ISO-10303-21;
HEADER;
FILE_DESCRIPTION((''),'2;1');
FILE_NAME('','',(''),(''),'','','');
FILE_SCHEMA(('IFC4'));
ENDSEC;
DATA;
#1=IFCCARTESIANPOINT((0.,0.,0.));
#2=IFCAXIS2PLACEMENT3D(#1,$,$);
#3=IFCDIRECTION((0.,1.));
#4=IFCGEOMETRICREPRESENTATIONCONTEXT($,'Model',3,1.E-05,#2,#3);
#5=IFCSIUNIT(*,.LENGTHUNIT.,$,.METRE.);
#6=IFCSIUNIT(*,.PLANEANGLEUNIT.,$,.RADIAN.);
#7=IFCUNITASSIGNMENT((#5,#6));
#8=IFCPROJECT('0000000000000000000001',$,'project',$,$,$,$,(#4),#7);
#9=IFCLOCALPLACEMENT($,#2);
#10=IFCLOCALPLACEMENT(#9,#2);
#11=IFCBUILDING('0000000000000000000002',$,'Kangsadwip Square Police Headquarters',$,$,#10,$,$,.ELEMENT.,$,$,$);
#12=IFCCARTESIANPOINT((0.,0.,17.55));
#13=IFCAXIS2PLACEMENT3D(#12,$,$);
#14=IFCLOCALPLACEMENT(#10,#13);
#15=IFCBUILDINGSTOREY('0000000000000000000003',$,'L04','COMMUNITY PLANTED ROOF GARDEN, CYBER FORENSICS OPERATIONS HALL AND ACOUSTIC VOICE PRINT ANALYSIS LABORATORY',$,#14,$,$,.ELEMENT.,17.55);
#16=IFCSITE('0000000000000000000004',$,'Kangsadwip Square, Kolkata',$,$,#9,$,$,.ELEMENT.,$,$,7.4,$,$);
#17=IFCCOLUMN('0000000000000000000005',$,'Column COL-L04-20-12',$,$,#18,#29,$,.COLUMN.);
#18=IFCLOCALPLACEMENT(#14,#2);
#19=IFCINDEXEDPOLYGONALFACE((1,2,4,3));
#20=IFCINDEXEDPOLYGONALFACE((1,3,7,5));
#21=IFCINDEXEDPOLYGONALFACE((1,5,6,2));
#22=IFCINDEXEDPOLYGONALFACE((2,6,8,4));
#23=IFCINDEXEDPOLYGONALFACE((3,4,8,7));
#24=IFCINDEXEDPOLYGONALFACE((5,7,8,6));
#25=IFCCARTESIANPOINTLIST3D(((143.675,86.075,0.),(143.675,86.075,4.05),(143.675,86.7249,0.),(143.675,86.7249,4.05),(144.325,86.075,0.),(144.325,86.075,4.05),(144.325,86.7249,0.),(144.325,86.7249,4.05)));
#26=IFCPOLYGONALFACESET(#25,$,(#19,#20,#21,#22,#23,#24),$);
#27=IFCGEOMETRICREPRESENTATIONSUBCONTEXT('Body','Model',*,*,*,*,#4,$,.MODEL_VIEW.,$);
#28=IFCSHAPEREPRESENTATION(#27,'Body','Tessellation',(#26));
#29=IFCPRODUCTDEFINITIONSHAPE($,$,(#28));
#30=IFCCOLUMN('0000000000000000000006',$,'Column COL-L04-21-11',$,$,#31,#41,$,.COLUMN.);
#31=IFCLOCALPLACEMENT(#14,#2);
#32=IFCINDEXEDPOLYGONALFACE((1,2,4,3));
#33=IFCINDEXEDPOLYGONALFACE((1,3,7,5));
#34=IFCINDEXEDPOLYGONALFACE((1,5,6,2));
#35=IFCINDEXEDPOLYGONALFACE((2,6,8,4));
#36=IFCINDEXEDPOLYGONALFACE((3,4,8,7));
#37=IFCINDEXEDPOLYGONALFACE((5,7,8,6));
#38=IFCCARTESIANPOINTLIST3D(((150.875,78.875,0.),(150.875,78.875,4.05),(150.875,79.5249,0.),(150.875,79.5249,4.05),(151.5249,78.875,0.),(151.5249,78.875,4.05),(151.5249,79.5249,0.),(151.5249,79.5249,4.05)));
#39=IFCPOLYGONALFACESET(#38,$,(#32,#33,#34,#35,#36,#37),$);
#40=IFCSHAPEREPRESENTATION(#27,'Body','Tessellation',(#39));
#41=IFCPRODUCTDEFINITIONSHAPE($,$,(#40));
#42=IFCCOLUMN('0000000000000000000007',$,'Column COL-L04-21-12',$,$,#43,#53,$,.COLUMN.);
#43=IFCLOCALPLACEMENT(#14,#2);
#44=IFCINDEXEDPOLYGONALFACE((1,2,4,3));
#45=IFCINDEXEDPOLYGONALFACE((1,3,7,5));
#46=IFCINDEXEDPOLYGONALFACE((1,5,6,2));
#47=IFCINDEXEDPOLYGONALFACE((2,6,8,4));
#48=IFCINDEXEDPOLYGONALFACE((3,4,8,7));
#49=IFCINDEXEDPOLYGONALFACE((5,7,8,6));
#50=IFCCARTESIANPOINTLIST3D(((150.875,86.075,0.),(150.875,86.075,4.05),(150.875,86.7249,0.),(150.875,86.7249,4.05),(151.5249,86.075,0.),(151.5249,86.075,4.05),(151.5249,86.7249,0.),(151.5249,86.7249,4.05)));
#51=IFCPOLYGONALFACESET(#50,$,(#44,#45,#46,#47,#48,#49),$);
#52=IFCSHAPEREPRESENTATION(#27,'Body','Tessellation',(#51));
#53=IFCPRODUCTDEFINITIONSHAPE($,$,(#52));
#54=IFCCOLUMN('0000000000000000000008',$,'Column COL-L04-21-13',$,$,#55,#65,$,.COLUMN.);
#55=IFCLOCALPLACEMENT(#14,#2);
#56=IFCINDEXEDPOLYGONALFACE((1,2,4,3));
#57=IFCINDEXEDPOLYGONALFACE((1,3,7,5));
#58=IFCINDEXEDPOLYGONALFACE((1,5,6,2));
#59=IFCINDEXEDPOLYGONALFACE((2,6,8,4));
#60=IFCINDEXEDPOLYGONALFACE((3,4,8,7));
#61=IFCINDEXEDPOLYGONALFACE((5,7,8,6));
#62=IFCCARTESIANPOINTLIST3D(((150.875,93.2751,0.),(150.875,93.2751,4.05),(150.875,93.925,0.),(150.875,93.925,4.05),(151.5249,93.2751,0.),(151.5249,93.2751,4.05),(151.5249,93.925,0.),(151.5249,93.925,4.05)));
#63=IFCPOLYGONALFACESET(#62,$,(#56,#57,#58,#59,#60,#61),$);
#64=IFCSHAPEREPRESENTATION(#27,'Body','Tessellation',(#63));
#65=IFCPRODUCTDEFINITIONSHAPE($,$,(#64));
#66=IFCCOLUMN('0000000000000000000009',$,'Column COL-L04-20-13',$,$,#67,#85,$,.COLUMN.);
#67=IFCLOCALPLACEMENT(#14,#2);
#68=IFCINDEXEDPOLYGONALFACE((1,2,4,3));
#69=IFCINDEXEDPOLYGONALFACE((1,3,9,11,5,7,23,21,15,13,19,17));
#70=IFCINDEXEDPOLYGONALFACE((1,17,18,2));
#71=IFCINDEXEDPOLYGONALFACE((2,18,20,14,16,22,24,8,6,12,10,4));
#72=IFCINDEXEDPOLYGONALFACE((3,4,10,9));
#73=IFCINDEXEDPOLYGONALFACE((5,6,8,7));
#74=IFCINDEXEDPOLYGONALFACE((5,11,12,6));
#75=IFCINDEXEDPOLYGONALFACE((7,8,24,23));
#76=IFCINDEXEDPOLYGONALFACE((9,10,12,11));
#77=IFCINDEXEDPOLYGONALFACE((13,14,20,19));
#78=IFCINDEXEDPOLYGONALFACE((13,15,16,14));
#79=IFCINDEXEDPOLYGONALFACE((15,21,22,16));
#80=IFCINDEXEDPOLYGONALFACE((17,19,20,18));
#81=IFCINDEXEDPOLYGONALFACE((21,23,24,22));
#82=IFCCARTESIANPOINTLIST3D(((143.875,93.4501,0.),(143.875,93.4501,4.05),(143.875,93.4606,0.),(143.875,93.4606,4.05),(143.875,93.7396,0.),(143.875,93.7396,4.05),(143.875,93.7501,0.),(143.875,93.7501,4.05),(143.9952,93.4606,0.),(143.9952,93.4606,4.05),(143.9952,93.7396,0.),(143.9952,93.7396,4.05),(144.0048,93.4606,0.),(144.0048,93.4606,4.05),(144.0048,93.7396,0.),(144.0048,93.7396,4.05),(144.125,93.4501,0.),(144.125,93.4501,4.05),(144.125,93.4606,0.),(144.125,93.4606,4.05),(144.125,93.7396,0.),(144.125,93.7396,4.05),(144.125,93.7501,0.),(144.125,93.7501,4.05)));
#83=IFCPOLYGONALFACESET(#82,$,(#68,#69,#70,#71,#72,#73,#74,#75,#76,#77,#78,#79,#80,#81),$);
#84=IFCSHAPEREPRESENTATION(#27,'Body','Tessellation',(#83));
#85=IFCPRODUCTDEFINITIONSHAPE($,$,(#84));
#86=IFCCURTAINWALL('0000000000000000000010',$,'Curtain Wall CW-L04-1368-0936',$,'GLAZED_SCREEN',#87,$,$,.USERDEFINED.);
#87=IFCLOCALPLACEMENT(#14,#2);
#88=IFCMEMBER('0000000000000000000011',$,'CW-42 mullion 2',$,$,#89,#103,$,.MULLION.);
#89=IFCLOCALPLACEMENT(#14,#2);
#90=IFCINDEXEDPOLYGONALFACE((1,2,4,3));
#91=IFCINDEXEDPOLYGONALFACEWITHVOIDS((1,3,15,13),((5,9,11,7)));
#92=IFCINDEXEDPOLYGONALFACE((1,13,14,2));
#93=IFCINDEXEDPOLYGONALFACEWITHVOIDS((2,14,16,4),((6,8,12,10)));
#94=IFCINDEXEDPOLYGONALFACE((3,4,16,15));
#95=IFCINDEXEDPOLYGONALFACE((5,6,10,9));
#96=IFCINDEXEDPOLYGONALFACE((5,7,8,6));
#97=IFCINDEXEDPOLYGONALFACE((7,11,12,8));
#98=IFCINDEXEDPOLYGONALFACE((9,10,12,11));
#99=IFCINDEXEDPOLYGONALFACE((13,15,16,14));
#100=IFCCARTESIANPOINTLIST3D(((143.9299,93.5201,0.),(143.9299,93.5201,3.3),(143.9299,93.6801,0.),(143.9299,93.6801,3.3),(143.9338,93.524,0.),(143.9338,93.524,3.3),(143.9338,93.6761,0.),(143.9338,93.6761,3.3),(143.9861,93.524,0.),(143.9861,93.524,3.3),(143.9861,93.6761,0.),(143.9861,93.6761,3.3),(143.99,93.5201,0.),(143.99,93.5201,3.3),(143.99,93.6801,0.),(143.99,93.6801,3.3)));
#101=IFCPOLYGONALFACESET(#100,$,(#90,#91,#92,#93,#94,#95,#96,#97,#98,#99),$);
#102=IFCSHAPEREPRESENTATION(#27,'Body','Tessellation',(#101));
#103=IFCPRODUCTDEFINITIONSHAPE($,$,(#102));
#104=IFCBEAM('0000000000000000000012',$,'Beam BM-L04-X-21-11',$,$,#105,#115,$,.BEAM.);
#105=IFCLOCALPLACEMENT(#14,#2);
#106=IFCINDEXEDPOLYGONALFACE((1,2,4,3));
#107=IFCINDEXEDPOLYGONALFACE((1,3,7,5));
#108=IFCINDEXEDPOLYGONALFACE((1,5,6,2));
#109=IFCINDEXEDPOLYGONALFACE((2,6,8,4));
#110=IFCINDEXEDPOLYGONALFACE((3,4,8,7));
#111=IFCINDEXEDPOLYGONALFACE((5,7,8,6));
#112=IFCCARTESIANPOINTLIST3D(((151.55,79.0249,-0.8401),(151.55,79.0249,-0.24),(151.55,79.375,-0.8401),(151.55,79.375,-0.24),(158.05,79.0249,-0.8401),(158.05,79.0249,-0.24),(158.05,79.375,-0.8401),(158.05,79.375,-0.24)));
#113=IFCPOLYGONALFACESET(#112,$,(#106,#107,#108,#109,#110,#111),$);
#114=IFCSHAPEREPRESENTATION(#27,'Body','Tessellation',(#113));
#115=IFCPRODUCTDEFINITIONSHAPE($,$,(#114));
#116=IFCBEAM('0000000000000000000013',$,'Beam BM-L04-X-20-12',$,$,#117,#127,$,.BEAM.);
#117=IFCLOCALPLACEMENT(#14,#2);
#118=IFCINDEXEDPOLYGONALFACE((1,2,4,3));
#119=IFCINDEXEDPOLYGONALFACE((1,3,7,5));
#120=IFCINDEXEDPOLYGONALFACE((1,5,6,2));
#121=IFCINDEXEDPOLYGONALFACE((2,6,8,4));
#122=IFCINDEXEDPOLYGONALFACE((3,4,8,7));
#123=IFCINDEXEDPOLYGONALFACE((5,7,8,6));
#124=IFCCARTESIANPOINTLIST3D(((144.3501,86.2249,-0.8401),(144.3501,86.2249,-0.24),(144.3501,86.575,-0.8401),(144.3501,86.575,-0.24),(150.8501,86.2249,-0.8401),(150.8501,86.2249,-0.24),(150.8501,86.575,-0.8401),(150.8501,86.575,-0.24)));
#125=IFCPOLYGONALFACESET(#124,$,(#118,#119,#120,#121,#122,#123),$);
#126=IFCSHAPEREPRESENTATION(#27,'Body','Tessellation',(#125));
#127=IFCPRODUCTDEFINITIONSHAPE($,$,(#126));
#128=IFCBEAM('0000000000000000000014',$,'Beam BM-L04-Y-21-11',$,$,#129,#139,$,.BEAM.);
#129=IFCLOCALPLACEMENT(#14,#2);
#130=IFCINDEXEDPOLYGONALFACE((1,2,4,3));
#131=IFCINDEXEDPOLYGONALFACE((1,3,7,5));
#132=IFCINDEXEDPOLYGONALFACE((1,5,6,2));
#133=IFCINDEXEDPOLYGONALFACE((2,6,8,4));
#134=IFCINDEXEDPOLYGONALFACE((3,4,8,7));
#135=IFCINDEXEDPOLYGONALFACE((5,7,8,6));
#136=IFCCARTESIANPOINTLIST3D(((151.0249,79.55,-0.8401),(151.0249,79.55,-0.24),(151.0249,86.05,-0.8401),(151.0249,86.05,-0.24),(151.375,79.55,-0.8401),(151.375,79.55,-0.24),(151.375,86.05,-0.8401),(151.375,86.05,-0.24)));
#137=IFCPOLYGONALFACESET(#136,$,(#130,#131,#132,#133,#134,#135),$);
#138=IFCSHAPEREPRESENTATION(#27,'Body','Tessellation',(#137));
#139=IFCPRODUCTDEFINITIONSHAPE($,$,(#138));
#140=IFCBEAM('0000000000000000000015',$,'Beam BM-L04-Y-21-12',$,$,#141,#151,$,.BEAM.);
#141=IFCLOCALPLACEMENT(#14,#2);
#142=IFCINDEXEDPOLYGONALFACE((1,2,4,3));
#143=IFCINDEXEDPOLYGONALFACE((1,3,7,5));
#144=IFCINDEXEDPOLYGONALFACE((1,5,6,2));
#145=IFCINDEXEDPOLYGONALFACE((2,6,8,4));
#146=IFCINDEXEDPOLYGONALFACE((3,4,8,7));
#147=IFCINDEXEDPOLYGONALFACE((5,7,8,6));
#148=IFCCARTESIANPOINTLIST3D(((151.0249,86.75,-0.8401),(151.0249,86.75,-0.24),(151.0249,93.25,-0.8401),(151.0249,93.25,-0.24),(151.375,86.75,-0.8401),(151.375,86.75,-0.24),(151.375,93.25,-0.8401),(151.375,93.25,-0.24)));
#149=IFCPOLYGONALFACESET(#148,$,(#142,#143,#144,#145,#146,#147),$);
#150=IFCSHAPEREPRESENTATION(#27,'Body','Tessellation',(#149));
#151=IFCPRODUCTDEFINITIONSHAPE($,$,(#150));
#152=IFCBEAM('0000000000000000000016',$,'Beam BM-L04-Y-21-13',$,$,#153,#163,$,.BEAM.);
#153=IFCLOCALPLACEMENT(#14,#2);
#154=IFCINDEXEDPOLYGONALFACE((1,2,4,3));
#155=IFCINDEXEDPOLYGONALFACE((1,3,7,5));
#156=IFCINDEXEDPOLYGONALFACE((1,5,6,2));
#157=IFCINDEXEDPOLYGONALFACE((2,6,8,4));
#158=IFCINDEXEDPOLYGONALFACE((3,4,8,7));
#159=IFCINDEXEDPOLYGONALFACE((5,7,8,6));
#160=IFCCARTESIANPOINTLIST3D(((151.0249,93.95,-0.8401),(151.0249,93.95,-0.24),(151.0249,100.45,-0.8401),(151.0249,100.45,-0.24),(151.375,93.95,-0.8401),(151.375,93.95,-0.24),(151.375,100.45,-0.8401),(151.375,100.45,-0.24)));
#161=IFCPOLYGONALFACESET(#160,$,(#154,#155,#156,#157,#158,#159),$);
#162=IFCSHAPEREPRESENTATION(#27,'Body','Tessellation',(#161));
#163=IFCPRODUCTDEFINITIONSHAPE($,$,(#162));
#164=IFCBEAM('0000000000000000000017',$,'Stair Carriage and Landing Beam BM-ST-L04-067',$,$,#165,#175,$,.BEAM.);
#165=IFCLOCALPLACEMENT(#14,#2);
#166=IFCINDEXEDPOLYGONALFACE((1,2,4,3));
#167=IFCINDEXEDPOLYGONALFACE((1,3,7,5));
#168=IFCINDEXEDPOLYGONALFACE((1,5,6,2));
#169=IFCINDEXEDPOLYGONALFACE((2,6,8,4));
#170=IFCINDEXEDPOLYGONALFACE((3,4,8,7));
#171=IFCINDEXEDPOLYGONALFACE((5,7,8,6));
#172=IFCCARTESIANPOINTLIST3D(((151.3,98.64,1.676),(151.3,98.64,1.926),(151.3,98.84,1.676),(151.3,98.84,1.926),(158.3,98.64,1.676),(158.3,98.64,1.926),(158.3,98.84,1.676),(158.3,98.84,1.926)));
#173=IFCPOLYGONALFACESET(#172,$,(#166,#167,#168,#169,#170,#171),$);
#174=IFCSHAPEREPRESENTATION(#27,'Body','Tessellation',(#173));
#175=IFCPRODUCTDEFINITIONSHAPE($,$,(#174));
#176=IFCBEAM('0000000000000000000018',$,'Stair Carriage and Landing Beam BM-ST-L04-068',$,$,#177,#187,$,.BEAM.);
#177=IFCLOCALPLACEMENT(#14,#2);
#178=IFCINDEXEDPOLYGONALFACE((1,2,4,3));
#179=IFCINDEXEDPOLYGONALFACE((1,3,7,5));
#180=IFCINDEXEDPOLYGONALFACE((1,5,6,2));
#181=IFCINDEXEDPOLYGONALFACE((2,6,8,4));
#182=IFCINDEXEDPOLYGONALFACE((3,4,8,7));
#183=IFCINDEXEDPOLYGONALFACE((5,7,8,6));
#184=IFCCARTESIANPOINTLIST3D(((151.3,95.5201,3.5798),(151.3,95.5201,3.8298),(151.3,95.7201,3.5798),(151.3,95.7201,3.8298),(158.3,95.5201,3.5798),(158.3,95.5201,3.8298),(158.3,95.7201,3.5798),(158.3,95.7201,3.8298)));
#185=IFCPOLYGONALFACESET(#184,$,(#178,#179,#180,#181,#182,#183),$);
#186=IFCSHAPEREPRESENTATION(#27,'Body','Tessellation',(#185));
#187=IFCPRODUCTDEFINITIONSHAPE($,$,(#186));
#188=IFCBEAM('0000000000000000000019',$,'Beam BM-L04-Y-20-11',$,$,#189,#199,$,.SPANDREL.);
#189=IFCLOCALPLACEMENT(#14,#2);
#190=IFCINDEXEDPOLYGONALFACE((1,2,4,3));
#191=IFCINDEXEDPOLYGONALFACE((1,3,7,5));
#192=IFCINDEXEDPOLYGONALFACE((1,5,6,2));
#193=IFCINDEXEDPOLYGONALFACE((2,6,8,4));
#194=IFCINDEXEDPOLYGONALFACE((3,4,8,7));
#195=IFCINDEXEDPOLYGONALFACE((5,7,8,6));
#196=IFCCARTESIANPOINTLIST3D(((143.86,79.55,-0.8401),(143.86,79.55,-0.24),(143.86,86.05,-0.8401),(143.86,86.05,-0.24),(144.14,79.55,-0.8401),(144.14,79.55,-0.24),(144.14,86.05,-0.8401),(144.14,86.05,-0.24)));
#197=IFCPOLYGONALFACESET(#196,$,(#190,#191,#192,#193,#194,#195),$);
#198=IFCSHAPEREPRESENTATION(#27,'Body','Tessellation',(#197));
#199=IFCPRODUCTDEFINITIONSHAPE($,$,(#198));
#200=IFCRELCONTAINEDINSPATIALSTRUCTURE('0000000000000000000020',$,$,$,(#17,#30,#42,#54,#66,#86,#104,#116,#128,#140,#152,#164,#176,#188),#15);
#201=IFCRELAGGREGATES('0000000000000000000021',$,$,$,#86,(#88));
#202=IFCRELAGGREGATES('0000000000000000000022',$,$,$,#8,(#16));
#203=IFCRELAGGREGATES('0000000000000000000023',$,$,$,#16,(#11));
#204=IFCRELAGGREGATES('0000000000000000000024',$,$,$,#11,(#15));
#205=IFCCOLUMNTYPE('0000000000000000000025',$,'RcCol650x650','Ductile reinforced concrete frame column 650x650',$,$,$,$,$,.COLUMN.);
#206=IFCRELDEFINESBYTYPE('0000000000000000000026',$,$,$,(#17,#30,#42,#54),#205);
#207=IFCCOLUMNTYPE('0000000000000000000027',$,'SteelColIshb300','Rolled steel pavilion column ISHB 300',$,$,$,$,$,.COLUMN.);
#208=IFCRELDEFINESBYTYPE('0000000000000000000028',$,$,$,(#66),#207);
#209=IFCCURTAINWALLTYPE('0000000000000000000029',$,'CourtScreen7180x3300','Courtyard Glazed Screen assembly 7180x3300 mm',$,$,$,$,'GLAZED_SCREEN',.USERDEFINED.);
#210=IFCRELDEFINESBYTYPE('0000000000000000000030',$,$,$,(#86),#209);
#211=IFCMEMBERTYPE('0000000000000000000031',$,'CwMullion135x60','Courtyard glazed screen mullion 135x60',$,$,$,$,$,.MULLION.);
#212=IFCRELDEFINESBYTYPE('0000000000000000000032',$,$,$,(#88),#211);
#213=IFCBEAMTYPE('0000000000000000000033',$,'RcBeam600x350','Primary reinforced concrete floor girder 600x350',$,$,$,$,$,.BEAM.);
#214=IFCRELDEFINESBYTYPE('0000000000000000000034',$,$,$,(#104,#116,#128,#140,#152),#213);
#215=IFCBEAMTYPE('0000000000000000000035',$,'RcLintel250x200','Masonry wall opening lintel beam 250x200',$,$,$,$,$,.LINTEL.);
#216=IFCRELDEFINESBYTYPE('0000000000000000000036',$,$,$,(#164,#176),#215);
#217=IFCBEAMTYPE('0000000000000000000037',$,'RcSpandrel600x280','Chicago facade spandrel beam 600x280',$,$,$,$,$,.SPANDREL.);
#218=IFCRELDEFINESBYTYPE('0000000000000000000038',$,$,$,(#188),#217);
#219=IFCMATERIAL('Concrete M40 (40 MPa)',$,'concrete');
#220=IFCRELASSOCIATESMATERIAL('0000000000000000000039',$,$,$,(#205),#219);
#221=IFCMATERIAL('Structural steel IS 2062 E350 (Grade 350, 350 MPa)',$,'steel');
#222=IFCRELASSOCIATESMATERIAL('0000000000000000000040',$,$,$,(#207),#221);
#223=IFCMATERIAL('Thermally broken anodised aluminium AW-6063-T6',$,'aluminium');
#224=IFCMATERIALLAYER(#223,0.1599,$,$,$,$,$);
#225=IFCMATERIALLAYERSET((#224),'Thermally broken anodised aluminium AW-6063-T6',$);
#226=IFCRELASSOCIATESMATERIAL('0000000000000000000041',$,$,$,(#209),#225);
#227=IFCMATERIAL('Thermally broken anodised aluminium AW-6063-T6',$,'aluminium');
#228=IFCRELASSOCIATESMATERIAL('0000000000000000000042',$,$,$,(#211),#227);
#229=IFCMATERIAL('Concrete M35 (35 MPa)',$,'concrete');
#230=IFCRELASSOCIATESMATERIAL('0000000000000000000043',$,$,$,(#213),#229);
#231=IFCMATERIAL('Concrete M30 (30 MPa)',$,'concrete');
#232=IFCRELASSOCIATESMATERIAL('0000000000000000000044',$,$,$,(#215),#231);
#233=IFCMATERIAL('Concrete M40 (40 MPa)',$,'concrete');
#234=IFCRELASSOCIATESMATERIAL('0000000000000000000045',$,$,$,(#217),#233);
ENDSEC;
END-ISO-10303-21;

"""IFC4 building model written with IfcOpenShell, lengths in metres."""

from ifc_helpers import new_model, si_unit, direction, frame, origin, origin_2d, place, context, subcontext, project, spatial, rectangle, hollow_rectangle, i_section, extrude, material, layer, layer_set, material_profile, profile_set, type_object, element, aggregate, save


model = new_model("IFC4")

# Units and contexts
model_context = context("Model", 3, precision=1e-05, world=origin(), true_north=direction((0.0, 1.0)))
body_context = subcontext(model_context, "Body", "Model", "MODEL_VIEW")
ifc_project = project(units=[si_unit("LENGTHUNIT", "METRE"), si_unit("PLANEANGLEUNIT", "RADIAN")], contexts=[model_context])

# Site, building, storey
site_placement = place(None, origin())
site = spatial("IfcSite", under=ifc_project, at=site_placement, Name="Kangsadwip Square, Kolkata", CompositionType="ELEMENT", RefElevation=7.4)
building_placement = place(site_placement, origin())
building = spatial("IfcBuilding", under=site, at=building_placement, Name="Kangsadwip Square Police Headquarters", CompositionType="ELEMENT")
storey_placement = place(building_placement, frame((0.0, 0.0, 17.55)))
storey = spatial("IfcBuildingStorey", under=building, at=storey_placement, Name="L04", Description="COMMUNITY PLANTED ROOF GARDEN, CYBER FORENSICS OPERATIONS HALL AND ACOUSTIC VOICE PRINT ANALYSIS LABORATORY", CompositionType="ELEMENT", Elevation=17.55)

# Columns
ifc_material_1 = material(Name="Concrete M40 (40 MPa)", Category="concrete")
ifc_material_profile_1 = material_profile(ifc_material_1, rectangle(XDim=0.6499, YDim=0.6499, at=origin_2d()), Name="RC COL 650X650")
ifc_profile_set_1 = profile_set([ifc_material_profile_1], Name="Concrete M40 (40 MPa)")
column_type_1 = type_object("IfcColumnType", Name="RcCol650x650", Description="Ductile reinforced concrete frame column 650x650", PredefinedType="COLUMN", material=ifc_profile_set_1)
for number, where, z_axis, x_axis, name in (
    (1, (144.0, 86.3999, 0.0), (0.0, 0.0, 1.0), (1.0, 0.0, 0.0), "Column COL-L04-20-12"),
    (2, (151.2, 79.2, 0.0), (0.0, 0.0, 1.0), (1.0, 0.0, 0.0), "Column COL-L04-21-11"),
    (3, (151.2, 86.3999, 0.0), (0.0, 0.0, 1.0), (1.0, 0.0, 0.0), "Column COL-L04-21-12"),
    (4, (151.2, 93.6001, 0.0), (0.0, 0.0, 1.0), (1.0, 0.0, 0.0), "Column COL-L04-21-13"),
):
    element("IfcColumn", number, at=place(storey_placement, frame(where, z_axis=z_axis, x_axis=x_axis)), inside=storey, type_object=column_type_1, Name=name, PredefinedType="COLUMN", context=body_context, shape_type="SweptSolid", body=[
        extrude(rectangle(XDim=0.6499, YDim=0.6499, at=origin_2d()), origin(), (0.0, 0.0, 1.0), 4.05),
    ])
ifc_material_2 = material(Name="Structural steel IS 2062 E350 (Grade 350, 350 MPa)", Category="steel")
ifc_material_profile_2 = material_profile(ifc_material_2, i_section(OverallWidth=0.25, OverallDepth=0.3, WebThickness=0.0095, FlangeThickness=0.0105, at=origin_2d()), Name="ISHB 300")
ifc_profile_set_2 = profile_set([ifc_material_profile_2], Name="Structural steel IS 2062 E350 (Grade 350, 350 MPa)")
column_type_2 = type_object("IfcColumnType", Name="SteelColIshb300", Description="Rolled steel pavilion column ISHB 300", PredefinedType="COLUMN", material=ifc_profile_set_2)
column_placement = place(storey_placement, frame((144.0, 93.6001, 0.0), z_axis=(0.0, 0.0, 1.0), x_axis=(1.0, 0.0, 0.0)))
element("IfcColumn", 5, at=column_placement, inside=storey, type_object=column_type_2, Name="Column COL-L04-20-13", PredefinedType="COLUMN", context=body_context, shape_type="SweptSolid", body=[
    extrude(i_section(OverallWidth=0.25, OverallDepth=0.3, WebThickness=0.0095, FlangeThickness=0.0105, at=origin_2d()), origin(), (0.0, 0.0, 1.0), 4.05),
])

# Curtain wall, member
ifc_material_3 = material(Name="Thermally broken anodised aluminium AW-6063-T6", Category="aluminium")
ifc_layer_1 = layer(ifc_material_3, 0.1599)
ifc_layer_set_1 = layer_set([ifc_layer_1], Name="Thermally broken anodised aluminium AW-6063-T6")
curtain_wall_type = type_object("IfcCurtainWallType", Name="CourtScreen7180x3300", Description="Courtyard Glazed Screen assembly 7180x3300 mm", ElementType="GLAZED_SCREEN", PredefinedType="USERDEFINED", material=ifc_layer_set_1)
curtain_wall_placement = place(storey_placement, origin())
curtain_wall = element("IfcCurtainWall", 6, at=curtain_wall_placement, inside=storey, type_object=curtain_wall_type, Name="Curtain Wall CW-L04-1368-0936", ObjectType="GLAZED_SCREEN", PredefinedType="USERDEFINED")
ifc_material_4 = material(Name="Thermally broken anodised aluminium AW-6063-T6", Category="aluminium")
ifc_material_profile_3 = material_profile(ifc_material_4, hollow_rectangle(XDim=0.0601, YDim=0.1599, WallThickness=0.0039, at=origin_2d()), Name="CWM 160X60X4")
ifc_profile_set_3 = profile_set([ifc_material_profile_3], Name="Thermally broken anodised aluminium AW-6063-T6")
member_type = type_object("IfcMemberType", Name="CwMullion135x60", Description="Courtyard glazed screen mullion 135x60", PredefinedType="MULLION", material=ifc_profile_set_3)
member_placement = place(storey_placement, frame((143.96, 93.6001, 0.0), z_axis=(0.0, 0.0, 1.0), x_axis=(1.0, 0.0, 0.0)))
member = element("IfcMember", 7, at=member_placement, type_object=member_type, Name="CW-42 mullion 2", PredefinedType="MULLION", context=body_context, shape_type="SweptSolid", body=[
    extrude(hollow_rectangle(XDim=0.0601, YDim=0.1599, WallThickness=0.0039, at=origin_2d()), origin(), (0.0, 0.0, 1.0), 3.3),
])

# Beams
ifc_material_5 = material(Name="Concrete M35 (35 MPa)", Category="concrete")
ifc_material_profile_4 = material_profile(ifc_material_5, rectangle(XDim=0.3501, YDim=0.6001, at=origin_2d()), Name="RC BM 600X350")
ifc_profile_set_4 = profile_set([ifc_material_profile_4], Name="Concrete M35 (35 MPa)")
beam_type_1 = type_object("IfcBeamType", Name="RcBeam600x350", Description="Primary reinforced concrete floor girder 600x350", PredefinedType="BEAM", material=ifc_profile_set_4)
for number, where, z_axis, x_axis, name in (
    (8, (151.55, 79.2, -0.54), (1.0, 0.0, 0.0), (0.0, 1.0, 0.0), "Beam BM-L04-X-21-11"),
    (9, (144.3501, 86.3999, -0.54), (1.0, 0.0, 0.0), (0.0, 1.0, 0.0), "Beam BM-L04-X-20-12"),
    (10, (151.2, 79.55, -0.54), (0.0, 1.0, 0.0), (-1.0, 0.0, 0.0), "Beam BM-L04-Y-21-11"),
    (11, (151.2, 86.75, -0.54), (0.0, 1.0, 0.0), (-1.0, 0.0, 0.0), "Beam BM-L04-Y-21-12"),
    (12, (151.2, 93.95, -0.54), (0.0, 1.0, 0.0), (-1.0, 0.0, 0.0), "Beam BM-L04-Y-21-13"),
):
    element("IfcBeam", number, at=place(storey_placement, frame(where, z_axis=z_axis, x_axis=x_axis)), inside=storey, type_object=beam_type_1, Name=name, PredefinedType="BEAM", context=body_context, shape_type="SweptSolid", body=[
        extrude(rectangle(XDim=0.3501, YDim=0.6001, at=origin_2d()), origin(), (0.0, 0.0, 1.0), 6.5),
    ])
ifc_material_6 = material(Name="Concrete M30 (30 MPa)", Category="concrete")
ifc_material_profile_5 = material_profile(ifc_material_6, rectangle(XDim=0.2, YDim=0.25, at=origin_2d()), Name="RC LNT 250X200")
ifc_profile_set_5 = profile_set([ifc_material_profile_5], Name="Concrete M30 (30 MPa)")
beam_type_2 = type_object("IfcBeamType", Name="RcLintel250x200", Description="Masonry wall opening lintel beam 250x200", PredefinedType="LINTEL", material=ifc_profile_set_5)
for number, where, z_axis, x_axis, name in (
    (13, (151.3, 98.74, 1.801), (1.0, 0.0, 0.0), (0.0, 1.0, 0.0), "Stair Carriage and Landing Beam BM-ST-L04-067"),
    (14, (151.3, 95.6201, 3.7048), (1.0, 0.0, 0.0), (0.0, 1.0, 0.0), "Stair Carriage and Landing Beam BM-ST-L04-068"),
):
    element("IfcBeam", number, at=place(storey_placement, frame(where, z_axis=z_axis, x_axis=x_axis)), inside=storey, type_object=beam_type_2, Name=name, PredefinedType="BEAM", context=body_context, shape_type="SweptSolid", body=[
        extrude(rectangle(XDim=0.2, YDim=0.25, at=origin_2d()), origin(), (0.0, 0.0, 1.0), 7.0),
    ])
ifc_material_7 = material(Name="Concrete M40 (40 MPa)", Category="concrete")
ifc_material_profile_6 = material_profile(ifc_material_7, rectangle(XDim=0.28, YDim=0.6001, at=origin_2d()), Name="RC SPN 600X280")
ifc_profile_set_6 = profile_set([ifc_material_profile_6], Name="Concrete M40 (40 MPa)")
beam_type_3 = type_object("IfcBeamType", Name="RcSpandrel600x280", Description="Chicago facade spandrel beam 600x280", PredefinedType="SPANDREL", material=ifc_profile_set_6)
beam_1_placement = place(storey_placement, frame((144.0, 79.55, -0.54), z_axis=(0.0, 1.0, 0.0), x_axis=(-1.0, 0.0, 0.0)))
element("IfcBeam", 15, at=beam_1_placement, inside=storey, type_object=beam_type_3, Name="Beam BM-L04-Y-20-11", PredefinedType="SPANDREL", context=body_context, shape_type="SweptSolid", body=[
    extrude(rectangle(XDim=0.28, YDim=0.6001, at=origin_2d()), origin(), (0.0, 0.0, 1.0), 6.5),
])

aggregate(curtain_wall, [member])

save(model, "model.ifc")
